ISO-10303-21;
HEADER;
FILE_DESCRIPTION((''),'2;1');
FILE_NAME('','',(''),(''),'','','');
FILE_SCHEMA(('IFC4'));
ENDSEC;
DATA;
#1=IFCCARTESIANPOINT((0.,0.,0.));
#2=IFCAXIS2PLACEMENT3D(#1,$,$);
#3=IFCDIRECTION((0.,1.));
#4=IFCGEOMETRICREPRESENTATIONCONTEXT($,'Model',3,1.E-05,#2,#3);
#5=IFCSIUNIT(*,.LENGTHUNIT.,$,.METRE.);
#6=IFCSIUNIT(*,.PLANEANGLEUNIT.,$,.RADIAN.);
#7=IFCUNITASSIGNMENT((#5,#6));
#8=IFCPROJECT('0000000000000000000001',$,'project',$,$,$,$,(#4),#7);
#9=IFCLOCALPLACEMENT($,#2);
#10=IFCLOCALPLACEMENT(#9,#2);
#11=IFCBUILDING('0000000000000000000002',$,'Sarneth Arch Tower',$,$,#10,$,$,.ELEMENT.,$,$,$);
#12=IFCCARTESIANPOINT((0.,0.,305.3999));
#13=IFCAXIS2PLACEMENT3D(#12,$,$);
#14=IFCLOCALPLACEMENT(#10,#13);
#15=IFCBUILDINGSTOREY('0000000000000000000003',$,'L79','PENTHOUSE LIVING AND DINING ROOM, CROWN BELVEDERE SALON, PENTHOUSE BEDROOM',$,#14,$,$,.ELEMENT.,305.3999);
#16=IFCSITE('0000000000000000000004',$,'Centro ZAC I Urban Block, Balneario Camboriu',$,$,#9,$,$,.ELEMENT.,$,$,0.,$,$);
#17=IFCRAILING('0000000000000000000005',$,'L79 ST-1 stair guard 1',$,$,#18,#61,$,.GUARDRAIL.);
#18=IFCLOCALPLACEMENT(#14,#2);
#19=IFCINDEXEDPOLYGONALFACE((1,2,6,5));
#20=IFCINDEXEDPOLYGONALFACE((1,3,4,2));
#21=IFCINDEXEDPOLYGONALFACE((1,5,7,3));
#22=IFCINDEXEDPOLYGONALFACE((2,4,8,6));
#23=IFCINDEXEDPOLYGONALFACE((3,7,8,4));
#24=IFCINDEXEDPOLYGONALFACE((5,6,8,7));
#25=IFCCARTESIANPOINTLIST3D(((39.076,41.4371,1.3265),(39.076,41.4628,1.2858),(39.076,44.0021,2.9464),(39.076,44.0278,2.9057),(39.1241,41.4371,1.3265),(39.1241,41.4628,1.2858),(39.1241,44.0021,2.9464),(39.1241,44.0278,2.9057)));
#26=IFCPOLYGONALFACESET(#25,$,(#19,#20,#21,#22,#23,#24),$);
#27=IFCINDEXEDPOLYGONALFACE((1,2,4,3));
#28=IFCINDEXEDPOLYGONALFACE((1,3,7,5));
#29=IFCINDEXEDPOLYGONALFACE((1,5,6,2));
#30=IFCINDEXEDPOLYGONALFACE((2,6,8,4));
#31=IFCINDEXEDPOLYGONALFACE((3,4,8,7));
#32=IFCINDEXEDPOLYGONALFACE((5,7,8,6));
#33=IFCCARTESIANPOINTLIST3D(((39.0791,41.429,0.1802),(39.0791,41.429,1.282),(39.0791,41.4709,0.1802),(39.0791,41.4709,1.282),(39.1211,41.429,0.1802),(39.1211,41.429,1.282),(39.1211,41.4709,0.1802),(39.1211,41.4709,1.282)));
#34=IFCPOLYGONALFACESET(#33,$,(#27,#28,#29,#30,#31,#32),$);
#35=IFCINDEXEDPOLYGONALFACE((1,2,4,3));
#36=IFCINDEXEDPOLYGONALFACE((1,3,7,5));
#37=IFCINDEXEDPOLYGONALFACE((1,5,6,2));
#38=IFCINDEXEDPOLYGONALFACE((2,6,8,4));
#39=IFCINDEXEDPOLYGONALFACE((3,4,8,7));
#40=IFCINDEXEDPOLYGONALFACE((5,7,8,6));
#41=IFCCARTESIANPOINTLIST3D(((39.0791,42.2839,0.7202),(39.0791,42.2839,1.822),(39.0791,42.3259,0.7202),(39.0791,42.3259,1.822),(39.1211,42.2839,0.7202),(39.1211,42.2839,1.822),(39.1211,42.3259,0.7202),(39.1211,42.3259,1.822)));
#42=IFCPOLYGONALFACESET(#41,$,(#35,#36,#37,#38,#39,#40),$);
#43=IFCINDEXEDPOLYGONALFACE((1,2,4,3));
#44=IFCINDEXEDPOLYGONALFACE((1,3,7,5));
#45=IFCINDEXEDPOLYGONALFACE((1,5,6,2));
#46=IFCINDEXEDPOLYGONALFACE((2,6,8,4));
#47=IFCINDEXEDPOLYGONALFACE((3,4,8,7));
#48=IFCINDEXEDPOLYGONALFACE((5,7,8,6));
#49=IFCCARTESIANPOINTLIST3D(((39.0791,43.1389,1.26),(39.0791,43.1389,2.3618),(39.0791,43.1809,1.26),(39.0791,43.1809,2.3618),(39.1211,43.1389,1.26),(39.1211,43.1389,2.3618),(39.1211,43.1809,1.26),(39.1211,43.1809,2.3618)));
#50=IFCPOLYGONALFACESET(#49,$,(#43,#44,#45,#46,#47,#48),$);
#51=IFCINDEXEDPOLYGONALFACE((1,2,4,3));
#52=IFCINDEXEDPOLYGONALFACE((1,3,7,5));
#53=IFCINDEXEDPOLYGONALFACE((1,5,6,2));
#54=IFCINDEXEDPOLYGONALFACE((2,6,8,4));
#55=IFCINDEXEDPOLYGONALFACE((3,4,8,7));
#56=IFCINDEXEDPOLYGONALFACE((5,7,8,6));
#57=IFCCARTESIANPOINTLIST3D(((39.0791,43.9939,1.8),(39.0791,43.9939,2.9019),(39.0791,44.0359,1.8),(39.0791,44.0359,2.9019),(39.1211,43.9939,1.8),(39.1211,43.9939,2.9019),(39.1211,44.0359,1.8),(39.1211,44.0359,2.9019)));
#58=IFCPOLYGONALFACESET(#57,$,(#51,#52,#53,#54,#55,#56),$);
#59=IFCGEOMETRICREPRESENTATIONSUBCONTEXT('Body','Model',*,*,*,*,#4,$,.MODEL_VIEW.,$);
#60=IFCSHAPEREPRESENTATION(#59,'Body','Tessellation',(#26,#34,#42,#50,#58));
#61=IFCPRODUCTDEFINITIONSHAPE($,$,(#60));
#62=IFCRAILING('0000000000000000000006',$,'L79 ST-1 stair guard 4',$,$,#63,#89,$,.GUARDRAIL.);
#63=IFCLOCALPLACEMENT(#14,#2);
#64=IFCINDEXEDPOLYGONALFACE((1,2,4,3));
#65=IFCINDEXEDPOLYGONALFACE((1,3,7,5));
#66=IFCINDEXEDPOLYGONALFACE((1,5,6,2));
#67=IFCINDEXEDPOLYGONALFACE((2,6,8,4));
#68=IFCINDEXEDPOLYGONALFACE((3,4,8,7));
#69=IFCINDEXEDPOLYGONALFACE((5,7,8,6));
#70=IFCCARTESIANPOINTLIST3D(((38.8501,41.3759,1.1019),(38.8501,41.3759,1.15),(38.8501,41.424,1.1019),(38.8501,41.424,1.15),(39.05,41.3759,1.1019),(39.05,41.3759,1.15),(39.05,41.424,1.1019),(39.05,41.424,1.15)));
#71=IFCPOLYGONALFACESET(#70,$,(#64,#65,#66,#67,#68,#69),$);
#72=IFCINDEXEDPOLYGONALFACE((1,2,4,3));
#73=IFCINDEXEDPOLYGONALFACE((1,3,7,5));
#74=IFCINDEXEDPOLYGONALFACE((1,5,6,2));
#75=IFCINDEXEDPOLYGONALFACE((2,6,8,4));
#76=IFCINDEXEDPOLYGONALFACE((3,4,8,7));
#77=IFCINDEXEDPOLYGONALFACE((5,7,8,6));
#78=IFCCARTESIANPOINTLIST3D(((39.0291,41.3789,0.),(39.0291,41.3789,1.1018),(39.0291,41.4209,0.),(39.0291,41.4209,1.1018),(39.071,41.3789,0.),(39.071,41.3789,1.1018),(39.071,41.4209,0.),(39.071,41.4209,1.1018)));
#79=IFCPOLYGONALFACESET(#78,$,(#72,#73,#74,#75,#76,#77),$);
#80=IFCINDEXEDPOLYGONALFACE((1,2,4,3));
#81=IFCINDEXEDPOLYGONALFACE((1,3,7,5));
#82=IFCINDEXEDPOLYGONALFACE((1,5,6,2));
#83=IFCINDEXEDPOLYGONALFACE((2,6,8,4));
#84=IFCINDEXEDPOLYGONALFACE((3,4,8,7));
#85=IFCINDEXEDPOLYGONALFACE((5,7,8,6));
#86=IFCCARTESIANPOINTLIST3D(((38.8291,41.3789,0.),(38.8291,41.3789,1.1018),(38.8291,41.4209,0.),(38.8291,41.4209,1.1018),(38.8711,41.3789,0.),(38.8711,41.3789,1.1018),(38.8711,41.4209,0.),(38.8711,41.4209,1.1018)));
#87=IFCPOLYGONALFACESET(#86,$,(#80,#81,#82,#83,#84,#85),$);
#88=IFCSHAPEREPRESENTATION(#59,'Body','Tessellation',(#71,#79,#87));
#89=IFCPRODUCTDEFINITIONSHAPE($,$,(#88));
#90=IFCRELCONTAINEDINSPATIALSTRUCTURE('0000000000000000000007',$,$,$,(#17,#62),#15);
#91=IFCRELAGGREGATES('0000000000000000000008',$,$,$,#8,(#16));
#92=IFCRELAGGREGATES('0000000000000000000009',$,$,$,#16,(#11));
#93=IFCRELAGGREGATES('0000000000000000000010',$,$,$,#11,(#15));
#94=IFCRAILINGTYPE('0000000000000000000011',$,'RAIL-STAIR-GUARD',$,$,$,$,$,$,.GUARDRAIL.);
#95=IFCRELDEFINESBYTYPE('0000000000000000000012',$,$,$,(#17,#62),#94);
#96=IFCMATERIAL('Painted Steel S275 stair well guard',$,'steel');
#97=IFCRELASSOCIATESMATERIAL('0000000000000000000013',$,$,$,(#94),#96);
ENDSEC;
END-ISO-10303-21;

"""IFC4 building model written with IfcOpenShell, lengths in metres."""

from ifc_helpers import new_model, si_unit, direction, frame, origin, origin_2d, place, context, subcontext, project, spatial, rectangle, extrude, material, type_object, element, save


model = new_model("IFC4")

# Units and contexts
model_context = context("Model", 3, precision=1e-05, world=origin(), true_north=direction((0.0, 1.0)))
body_context = subcontext(model_context, "Body", "Model", "MODEL_VIEW")
ifc_project = project(units=[si_unit("LENGTHUNIT", "METRE"), si_unit("PLANEANGLEUNIT", "RADIAN")], contexts=[model_context])

# Site, building, storey
site_placement = place(None, origin())
site = spatial("IfcSite", under=ifc_project, at=site_placement, Name="Centro ZAC I Urban Block, Balneario Camboriu", CompositionType="ELEMENT", RefElevation=0.0)
building_placement = place(site_placement, origin())
building = spatial("IfcBuilding", under=site, at=building_placement, Name="Sarneth Arch Tower", CompositionType="ELEMENT")
storey_placement = place(building_placement, frame((0.0, 0.0, 305.3999)))
storey = spatial("IfcBuildingStorey", under=building, at=storey_placement, Name="L79", Description="PENTHOUSE LIVING AND DINING ROOM, CROWN BELVEDERE SALON, PENTHOUSE BEDROOM", CompositionType="ELEMENT", Elevation=305.3999)

# Railings
ifc_material_1 = material(Name="Painted Steel S275 stair well guard", Category="steel")
railing_type_1 = type_object("IfcRailingType", Name="RAIL-STAIR-GUARD", PredefinedType="GUARDRAIL", material=ifc_material_1)
railing_1_placement = place(storey_placement, frame((39.1001, 41.45, 0.1802)))
element("IfcRailing", 1, at=railing_1_placement, inside=storey, type_object=railing_type_1, Name="L79 ST-1 stair guard 1", PredefinedType="GUARDRAIL", context=body_context, shape_type="SweptSolid", body=[
    extrude(rectangle(XDim=0.0481, YDim=0.0481, at=origin_2d()), frame((0.0, 0.0, 1.126), z_axis=(0.0, 0.845502, 0.533972), x_axis=(-1.0, 0.0, 0.0)), (0.0, 0.0, 1.0), 3.0337),
    extrude(rectangle(XDim=0.042, YDim=0.042, at=origin_2d()), origin(), (0.0, 0.0, 1.0), 1.1018),
    extrude(rectangle(XDim=0.042, YDim=0.042, at=origin_2d()), frame((0.0, 0.855, 0.54)), (0.0, 0.0, 1.0), 1.1018),
    extrude(rectangle(XDim=0.042, YDim=0.042, at=origin_2d()), frame((0.0, 1.71, 1.0798)), (0.0, 0.0, 1.0), 1.1018),
    extrude(rectangle(XDim=0.042, YDim=0.042, at=origin_2d()), frame((0.0, 2.5649, 1.6199)), (0.0, 0.0, 1.0), 1.1018),
])
railing_2_placement = place(storey_placement, frame((39.05, 41.3999, 0.0)))
element("IfcRailing", 2, at=railing_2_placement, inside=storey, type_object=railing_type_1, Name="L79 ST-1 stair guard 4", PredefinedType="GUARDRAIL", context=body_context, shape_type="SweptSolid", body=[
    extrude(rectangle(XDim=0.0481, YDim=0.0481, at=origin_2d()), frame((0.0, 0.0, 1.126), z_axis=(-1.0, 0.0, 0.0), x_axis=(0.0, -1.0, 0.0)), (0.0, 0.0, 1.0), 0.2),
    extrude(rectangle(XDim=0.042, YDim=0.042, at=origin_2d()), origin(), (0.0, 0.0, 1.0), 1.1018),
    extrude(rectangle(XDim=0.042, YDim=0.042, at=origin_2d()), frame((-0.2, 0.0, 0.0)), (0.0, 0.0, 1.0), 1.1018),
])

save(model, "model.ifc")
